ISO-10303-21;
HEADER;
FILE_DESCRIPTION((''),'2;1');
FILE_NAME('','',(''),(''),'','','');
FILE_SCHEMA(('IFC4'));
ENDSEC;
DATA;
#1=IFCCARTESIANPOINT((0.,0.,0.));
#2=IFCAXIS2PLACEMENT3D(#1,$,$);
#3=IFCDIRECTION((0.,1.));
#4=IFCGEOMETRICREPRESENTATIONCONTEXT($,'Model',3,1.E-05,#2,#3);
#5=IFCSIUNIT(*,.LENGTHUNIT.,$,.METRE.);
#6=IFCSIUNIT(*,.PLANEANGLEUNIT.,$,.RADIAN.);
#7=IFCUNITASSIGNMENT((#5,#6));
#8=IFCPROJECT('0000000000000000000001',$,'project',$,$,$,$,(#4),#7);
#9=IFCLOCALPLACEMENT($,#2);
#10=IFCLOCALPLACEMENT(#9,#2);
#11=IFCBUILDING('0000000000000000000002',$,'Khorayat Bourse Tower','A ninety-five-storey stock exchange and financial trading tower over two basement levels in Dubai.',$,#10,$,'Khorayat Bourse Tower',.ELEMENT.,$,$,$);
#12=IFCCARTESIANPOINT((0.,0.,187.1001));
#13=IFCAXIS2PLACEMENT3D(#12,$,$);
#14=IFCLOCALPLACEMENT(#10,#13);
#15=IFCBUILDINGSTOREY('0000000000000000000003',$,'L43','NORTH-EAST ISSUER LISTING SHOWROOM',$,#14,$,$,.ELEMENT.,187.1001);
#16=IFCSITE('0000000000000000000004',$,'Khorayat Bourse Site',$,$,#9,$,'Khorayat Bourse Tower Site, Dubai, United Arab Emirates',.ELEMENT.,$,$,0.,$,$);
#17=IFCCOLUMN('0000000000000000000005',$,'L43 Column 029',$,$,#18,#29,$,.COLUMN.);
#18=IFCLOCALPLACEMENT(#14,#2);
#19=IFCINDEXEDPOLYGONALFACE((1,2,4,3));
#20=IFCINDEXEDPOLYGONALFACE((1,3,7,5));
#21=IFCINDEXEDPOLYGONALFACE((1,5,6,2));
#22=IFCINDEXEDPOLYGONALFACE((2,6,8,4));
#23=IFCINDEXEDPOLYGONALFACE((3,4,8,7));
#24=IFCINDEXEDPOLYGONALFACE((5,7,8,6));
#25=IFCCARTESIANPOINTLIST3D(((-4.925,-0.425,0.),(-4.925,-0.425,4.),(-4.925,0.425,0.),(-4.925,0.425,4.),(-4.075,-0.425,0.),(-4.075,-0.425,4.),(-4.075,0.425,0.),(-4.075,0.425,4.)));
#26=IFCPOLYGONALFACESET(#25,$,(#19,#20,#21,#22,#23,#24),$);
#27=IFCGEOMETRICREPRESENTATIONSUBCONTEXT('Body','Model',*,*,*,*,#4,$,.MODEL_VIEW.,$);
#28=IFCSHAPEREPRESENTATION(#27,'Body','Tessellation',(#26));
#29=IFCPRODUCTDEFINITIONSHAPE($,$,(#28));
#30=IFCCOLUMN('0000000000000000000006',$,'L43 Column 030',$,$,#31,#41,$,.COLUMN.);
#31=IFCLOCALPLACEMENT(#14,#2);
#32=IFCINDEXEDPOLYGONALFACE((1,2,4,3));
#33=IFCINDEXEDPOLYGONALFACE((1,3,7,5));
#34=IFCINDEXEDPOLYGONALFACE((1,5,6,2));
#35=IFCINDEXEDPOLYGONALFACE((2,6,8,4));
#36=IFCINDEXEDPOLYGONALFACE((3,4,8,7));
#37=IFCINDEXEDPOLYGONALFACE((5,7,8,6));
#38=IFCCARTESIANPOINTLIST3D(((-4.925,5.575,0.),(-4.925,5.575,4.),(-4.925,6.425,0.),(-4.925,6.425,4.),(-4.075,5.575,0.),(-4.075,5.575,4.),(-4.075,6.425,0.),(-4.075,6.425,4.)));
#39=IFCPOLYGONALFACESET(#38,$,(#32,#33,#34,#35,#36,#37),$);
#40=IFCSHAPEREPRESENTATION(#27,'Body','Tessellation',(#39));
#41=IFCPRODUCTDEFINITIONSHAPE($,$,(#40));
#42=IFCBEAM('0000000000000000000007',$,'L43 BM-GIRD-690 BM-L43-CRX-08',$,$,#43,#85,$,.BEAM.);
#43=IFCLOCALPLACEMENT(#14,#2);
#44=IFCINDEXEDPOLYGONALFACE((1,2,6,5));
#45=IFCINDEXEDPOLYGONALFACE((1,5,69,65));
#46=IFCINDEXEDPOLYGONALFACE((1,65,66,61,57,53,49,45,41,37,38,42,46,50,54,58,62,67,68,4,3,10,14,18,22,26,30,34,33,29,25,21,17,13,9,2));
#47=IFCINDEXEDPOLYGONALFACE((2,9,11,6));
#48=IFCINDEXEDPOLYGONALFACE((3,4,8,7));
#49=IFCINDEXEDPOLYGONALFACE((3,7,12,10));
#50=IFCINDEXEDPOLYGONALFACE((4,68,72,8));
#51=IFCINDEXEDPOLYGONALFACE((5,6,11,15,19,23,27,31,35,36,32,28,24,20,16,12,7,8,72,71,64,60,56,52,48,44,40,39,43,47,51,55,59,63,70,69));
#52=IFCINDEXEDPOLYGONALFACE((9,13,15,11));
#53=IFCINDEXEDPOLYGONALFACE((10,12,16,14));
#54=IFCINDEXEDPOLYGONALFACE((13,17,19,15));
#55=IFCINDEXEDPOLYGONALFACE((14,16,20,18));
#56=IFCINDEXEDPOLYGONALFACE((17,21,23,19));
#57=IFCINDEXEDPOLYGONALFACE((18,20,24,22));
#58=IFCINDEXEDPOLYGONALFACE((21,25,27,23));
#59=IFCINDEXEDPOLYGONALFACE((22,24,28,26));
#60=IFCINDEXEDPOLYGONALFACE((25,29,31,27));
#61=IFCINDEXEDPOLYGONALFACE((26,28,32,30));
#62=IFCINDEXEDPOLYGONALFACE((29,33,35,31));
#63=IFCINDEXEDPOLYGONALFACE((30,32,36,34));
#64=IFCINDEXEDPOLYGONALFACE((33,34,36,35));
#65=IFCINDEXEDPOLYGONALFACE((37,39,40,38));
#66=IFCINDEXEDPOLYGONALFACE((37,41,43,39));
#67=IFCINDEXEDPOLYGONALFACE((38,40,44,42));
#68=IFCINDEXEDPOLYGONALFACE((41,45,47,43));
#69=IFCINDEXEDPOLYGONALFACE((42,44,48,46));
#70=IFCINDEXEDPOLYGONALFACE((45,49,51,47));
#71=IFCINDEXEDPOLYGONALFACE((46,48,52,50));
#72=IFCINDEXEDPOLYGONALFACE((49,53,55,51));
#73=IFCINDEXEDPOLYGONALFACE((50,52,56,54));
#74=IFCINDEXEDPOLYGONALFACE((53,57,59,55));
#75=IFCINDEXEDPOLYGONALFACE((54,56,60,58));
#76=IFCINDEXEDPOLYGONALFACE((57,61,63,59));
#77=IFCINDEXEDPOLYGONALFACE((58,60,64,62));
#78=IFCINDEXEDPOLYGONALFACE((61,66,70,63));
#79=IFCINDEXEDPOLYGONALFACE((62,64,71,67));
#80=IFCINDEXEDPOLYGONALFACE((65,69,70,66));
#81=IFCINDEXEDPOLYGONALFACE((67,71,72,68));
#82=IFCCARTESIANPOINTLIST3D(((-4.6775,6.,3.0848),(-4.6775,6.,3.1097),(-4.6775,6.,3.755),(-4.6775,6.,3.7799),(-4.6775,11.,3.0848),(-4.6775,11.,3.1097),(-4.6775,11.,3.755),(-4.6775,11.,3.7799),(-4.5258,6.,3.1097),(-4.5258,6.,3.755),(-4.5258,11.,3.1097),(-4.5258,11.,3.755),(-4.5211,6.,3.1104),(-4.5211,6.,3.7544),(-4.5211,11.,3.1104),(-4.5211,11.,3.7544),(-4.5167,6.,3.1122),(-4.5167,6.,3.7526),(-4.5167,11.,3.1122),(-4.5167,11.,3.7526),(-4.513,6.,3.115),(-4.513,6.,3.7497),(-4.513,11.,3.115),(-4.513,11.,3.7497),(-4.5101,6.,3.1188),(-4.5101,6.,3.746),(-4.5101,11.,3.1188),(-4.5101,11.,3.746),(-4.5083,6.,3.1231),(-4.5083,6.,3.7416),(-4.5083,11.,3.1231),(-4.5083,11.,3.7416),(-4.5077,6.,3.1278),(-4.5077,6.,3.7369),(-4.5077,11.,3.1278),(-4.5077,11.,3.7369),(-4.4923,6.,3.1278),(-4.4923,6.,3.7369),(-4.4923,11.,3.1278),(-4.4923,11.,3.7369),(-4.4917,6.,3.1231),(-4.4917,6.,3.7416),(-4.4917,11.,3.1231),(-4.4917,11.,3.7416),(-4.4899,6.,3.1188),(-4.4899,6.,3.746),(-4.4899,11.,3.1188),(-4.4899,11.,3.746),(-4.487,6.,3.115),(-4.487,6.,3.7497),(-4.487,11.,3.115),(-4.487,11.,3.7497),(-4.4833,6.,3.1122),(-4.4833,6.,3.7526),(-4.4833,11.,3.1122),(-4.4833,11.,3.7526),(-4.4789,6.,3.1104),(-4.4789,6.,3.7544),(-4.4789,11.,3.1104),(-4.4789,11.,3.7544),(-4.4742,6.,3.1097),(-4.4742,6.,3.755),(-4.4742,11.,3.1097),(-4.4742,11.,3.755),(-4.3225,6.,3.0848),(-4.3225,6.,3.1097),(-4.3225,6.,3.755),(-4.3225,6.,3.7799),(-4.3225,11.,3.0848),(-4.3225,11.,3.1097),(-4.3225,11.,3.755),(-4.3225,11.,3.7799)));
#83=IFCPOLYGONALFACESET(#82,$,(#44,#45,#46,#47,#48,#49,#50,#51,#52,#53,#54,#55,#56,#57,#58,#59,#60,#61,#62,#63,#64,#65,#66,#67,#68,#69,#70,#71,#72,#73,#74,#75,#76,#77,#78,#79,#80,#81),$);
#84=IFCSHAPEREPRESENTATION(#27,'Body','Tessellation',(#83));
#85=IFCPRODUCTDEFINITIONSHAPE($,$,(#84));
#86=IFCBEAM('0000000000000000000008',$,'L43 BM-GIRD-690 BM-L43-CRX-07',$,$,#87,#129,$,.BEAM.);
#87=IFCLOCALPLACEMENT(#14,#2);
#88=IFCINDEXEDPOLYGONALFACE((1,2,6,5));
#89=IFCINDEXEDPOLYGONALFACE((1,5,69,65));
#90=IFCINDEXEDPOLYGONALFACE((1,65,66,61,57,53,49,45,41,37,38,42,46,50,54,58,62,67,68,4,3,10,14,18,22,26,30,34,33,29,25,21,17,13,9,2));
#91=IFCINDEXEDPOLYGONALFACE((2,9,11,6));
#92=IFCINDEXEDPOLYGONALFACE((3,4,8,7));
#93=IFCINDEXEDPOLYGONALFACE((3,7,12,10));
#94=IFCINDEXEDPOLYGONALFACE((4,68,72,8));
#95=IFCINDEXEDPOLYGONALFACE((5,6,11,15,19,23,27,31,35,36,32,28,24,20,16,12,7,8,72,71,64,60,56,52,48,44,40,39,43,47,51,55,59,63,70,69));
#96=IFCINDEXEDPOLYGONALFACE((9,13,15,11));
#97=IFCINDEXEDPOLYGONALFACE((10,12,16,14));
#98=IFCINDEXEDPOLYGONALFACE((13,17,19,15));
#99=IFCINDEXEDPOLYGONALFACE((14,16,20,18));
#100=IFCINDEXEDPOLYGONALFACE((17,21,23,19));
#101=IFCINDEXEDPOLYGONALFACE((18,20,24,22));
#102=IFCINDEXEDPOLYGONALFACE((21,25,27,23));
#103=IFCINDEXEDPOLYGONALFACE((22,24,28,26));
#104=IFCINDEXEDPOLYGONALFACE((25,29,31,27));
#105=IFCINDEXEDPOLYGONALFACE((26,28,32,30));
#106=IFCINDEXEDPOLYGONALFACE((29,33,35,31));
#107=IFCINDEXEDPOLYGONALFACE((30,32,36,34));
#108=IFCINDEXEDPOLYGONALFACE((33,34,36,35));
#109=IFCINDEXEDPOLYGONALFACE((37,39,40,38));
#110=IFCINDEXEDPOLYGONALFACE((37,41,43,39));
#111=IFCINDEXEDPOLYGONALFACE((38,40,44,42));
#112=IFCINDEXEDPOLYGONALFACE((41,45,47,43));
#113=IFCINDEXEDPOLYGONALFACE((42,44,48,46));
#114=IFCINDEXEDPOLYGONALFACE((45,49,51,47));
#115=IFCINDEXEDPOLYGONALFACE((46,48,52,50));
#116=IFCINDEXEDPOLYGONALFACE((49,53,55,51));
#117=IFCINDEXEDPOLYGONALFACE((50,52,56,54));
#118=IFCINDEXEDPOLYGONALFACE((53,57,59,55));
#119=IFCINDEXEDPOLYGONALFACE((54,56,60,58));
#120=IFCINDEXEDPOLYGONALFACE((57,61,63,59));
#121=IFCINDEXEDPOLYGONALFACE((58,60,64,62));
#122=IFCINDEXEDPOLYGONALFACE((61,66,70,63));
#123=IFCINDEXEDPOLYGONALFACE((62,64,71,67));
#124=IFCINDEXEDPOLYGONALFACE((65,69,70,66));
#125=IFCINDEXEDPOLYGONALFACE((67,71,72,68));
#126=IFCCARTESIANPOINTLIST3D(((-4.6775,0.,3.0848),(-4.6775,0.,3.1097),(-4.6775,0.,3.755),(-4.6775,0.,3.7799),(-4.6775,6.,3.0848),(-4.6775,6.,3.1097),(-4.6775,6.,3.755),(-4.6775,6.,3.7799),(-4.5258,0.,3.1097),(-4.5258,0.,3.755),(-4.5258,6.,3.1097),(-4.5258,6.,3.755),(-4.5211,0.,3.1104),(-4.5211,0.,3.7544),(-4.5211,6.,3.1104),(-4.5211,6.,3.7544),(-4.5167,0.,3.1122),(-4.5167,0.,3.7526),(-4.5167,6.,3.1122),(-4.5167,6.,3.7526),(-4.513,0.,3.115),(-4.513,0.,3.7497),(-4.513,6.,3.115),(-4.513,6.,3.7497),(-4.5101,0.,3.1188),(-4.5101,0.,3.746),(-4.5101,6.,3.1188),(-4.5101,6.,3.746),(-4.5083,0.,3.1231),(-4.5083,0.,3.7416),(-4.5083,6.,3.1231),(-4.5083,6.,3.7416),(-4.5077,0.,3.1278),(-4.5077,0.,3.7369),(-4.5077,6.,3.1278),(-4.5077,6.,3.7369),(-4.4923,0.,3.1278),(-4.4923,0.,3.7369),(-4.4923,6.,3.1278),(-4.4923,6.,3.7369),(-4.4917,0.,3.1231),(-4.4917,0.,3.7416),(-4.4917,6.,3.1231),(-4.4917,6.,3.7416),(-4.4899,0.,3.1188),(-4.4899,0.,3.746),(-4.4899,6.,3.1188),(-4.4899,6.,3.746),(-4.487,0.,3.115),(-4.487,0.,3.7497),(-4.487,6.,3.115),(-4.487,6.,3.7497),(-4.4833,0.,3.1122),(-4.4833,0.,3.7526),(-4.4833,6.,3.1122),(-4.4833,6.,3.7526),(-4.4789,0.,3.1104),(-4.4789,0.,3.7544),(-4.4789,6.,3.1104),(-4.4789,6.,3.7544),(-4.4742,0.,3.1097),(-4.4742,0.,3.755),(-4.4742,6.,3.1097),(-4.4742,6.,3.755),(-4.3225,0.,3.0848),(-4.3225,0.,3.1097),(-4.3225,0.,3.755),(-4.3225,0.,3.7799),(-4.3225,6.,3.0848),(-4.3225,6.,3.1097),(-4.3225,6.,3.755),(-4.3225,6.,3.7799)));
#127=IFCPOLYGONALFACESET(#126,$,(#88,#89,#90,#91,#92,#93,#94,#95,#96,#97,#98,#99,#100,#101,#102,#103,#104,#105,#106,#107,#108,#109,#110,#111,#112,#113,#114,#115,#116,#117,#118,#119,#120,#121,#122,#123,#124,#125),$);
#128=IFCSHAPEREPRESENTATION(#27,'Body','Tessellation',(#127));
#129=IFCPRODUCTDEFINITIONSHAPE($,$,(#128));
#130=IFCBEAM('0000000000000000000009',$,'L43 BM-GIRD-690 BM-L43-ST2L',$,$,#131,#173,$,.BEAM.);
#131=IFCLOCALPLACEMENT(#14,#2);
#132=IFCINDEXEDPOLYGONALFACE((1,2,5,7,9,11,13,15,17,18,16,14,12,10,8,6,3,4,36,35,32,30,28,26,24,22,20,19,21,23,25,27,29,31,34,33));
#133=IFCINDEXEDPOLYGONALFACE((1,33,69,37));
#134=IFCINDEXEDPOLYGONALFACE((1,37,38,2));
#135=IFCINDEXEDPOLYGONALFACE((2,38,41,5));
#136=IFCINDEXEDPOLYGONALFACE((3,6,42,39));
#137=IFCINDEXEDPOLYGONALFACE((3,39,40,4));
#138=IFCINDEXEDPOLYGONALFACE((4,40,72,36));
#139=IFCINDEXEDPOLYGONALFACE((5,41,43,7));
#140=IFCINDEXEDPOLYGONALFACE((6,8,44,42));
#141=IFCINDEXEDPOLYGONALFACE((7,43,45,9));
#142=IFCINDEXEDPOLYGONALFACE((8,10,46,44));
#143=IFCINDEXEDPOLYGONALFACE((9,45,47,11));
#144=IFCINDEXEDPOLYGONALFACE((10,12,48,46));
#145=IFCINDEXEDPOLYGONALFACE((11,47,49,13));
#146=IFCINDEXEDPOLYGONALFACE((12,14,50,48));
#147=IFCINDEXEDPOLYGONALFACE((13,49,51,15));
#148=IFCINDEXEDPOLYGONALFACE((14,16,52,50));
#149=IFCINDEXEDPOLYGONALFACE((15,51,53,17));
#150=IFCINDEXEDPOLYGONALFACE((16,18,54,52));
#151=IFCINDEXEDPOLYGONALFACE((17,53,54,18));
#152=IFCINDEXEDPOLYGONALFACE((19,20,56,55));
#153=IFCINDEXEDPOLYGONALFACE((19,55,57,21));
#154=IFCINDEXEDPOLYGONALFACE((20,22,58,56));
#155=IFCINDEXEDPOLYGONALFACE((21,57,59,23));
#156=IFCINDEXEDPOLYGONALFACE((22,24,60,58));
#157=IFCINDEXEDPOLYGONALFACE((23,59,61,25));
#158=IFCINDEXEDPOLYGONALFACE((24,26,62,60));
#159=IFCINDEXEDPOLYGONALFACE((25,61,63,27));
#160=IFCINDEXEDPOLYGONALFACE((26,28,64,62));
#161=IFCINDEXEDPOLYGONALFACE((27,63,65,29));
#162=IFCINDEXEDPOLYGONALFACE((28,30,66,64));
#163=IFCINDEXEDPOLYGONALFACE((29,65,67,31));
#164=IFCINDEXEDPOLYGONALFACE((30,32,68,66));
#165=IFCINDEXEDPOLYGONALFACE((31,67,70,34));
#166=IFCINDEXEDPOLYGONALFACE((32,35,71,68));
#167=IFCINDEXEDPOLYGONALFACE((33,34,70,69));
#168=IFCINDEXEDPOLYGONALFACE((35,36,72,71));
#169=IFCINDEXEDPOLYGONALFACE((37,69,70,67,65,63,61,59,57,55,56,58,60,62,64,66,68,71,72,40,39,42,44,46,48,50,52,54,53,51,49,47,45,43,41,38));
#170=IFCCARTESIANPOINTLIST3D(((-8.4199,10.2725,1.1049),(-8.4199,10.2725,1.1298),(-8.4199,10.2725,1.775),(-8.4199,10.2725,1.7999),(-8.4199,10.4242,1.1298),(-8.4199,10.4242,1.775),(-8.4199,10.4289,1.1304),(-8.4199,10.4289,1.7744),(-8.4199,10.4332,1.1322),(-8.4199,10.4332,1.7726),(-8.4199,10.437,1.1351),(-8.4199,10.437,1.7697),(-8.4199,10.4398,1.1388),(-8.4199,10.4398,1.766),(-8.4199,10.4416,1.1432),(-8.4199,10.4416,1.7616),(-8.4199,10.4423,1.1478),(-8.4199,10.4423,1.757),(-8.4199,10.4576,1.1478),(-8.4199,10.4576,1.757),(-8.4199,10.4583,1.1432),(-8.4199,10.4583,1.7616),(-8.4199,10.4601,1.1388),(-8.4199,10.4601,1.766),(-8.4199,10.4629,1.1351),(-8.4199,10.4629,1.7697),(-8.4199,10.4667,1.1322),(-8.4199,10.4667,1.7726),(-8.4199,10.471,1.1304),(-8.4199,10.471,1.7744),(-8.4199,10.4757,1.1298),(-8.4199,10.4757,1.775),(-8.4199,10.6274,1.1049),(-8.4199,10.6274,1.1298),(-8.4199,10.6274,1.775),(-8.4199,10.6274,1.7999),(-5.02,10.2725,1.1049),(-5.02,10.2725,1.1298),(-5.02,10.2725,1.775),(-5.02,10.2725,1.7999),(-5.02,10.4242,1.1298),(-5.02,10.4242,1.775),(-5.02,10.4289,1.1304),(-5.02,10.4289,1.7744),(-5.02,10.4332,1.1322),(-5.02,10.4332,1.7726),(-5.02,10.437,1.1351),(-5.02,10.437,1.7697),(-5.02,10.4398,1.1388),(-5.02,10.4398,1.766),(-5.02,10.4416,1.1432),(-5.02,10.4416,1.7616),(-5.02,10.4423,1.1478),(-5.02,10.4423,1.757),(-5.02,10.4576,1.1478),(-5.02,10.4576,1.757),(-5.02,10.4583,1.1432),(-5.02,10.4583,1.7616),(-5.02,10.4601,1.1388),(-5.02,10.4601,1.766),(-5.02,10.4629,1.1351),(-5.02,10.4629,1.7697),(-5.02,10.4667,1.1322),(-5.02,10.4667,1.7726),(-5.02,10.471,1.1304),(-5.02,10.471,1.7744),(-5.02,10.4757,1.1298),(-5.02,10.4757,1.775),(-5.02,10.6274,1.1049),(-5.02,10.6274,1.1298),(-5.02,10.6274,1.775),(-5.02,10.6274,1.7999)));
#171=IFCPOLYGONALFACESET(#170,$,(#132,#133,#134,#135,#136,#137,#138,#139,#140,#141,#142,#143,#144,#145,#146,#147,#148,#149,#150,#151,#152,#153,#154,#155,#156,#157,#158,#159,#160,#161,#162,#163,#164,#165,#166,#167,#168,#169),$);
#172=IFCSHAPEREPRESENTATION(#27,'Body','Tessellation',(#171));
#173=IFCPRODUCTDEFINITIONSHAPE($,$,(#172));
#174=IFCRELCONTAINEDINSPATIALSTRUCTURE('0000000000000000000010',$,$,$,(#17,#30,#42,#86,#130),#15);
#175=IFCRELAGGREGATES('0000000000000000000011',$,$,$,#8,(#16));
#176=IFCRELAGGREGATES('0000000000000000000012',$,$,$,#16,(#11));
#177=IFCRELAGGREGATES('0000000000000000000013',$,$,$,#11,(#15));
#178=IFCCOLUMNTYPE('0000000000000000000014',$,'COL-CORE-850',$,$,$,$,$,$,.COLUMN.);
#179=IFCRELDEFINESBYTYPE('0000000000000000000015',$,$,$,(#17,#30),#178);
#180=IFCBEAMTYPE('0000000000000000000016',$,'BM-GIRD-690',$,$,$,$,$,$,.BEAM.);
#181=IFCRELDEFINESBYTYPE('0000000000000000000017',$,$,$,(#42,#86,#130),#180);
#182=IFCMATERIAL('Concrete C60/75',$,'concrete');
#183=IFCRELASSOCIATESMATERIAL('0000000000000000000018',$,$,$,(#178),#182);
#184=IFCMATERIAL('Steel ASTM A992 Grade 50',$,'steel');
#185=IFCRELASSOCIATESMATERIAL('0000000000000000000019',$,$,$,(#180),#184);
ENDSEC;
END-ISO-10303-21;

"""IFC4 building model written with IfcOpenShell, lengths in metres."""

from ifc_helpers import new_model, si_unit, direction, frame, origin, origin_2d, place, context, subcontext, project, spatial, rectangle, i_section, extrude, source, transform, mapped, material, material_profile, profile_set, type_object, element, save


model = new_model("IFC4")

# Units and contexts
model_context = context("Model", 3, precision=1e-05, world=origin(), true_north=direction((0.0, 1.0)))
body_context = subcontext(model_context, "Body", "Model", "MODEL_VIEW")
ifc_project = project(units=[si_unit("LENGTHUNIT", "METRE"), si_unit("PLANEANGLEUNIT", "RADIAN")], contexts=[model_context])

# Site, building, storey
site_placement = place(None, origin())
site = spatial("IfcSite", under=ifc_project, at=site_placement, Name="Khorayat Bourse Site", LongName="Khorayat Bourse Tower Site, Dubai, United Arab Emirates", CompositionType="ELEMENT", RefElevation=0.0)
building_placement = place(site_placement, origin())
building = spatial("IfcBuilding", under=site, at=building_placement, Name="Khorayat Bourse Tower", Description="A ninety-five-storey stock exchange and financial trading tower over two basement levels in Dubai.", LongName="Khorayat Bourse Tower", CompositionType="ELEMENT")
storey_placement = place(building_placement, frame((0.0, 0.0, 187.1001)))
storey = spatial("IfcBuildingStorey", under=building, at=storey_placement, Name="L43", Description="NORTH-EAST ISSUER LISTING SHOWROOM", CompositionType="ELEMENT", Elevation=187.1001)

# Columns
ifc_material_1 = material(Name="Concrete C60/75", Category="concrete")
ifc_material_profile_1 = material_profile(ifc_material_1, rectangle(XDim=0.8501, YDim=0.8501, at=origin_2d()), Name="RC 850x850")
ifc_profile_set_1 = profile_set([ifc_material_profile_1], Name="Concrete C60/75")
column_type = type_object("IfcColumnType", Name="COL-CORE-850", PredefinedType="COLUMN", material=ifc_profile_set_1)
shared_shape_1 = source(origin(), body_context, "Body", "SweptSolid", [
    extrude(rectangle(XDim=0.8501, YDim=0.8501, at=origin_2d()), origin(), (0.0, 0.0, 1.0), 4.0),
])
for number, where, z_axis, x_axis, name in (
    (1, (-4.5, 0.0, 0.0), (0.0, 0.0, 1.0), (1.0, 0.0, 0.0), "L43 Column 029"),
    (2, (-4.5, 6.0, 0.0), (0.0, 0.0, 1.0), (1.0, 0.0, 0.0), "L43 Column 030"),
):
    element("IfcColumn", number, at=place(storey_placement, frame(where, z_axis=z_axis, x_axis=x_axis)), inside=storey, type_object=column_type, Name=name, PredefinedType="COLUMN", context=body_context, shape_type="MappedRepresentation", body=[
        mapped(shared_shape_1, transform((0.0, 0.0, 0.0), scale=1.0)),
    ])

# Beams
ifc_material_2 = material(Name="Steel ASTM A992 Grade 50", Category="steel")
ifc_material_profile_2 = material_profile(ifc_material_2, i_section(OverallWidth=0.355, OverallDepth=0.6951, WebThickness=0.0154, FlangeThickness=0.0249, FilletRadius=0.0181, at=origin_2d()), Name="W690X217")
ifc_profile_set_2 = profile_set([ifc_material_profile_2], Name="Steel ASTM A992 Grade 50")
beam_type = type_object("IfcBeamType", Name="BM-GIRD-690", PredefinedType="BEAM", material=ifc_profile_set_2)
shared_shape_2 = source(origin(), body_context, "Body", "SweptSolid", [
    extrude(i_section(OverallWidth=0.355, OverallDepth=0.6951, WebThickness=0.0154, FlangeThickness=0.0249, FilletRadius=0.0181, at=origin_2d()), origin(), (0.0, 0.0, 1.0), 5.0),
])
beam_1_placement = place(storey_placement, frame((-4.5, 6.0, 3.4324), z_axis=(0.0, 1.0, 0.0), x_axis=(-1.0, 0.0, 0.0)))
element("IfcBeam", 3, at=beam_1_placement, inside=storey, type_object=beam_type, Name="L43 BM-GIRD-690 BM-L43-CRX-08", PredefinedType="BEAM", context=body_context, shape_type="MappedRepresentation", body=[
    mapped(shared_shape_2, transform((0.0, 0.0, 0.0), scale=1.0)),
])
shared_shape_3 = source(origin(), body_context, "Body", "SweptSolid", [
    extrude(i_section(OverallWidth=0.355, OverallDepth=0.6951, WebThickness=0.0154, FlangeThickness=0.0249, FilletRadius=0.0181, at=origin_2d()), origin(), (0.0, 0.0, 1.0), 6.0),
])
beam_2_placement = place(storey_placement, frame((-4.5, 0.0, 3.4324), z_axis=(0.0, 1.0, 0.0), x_axis=(-1.0, 0.0, 0.0)))
element("IfcBeam", 4, at=beam_2_placement, inside=storey, type_object=beam_type, Name="L43 BM-GIRD-690 BM-L43-CRX-07", PredefinedType="BEAM", context=body_context, shape_type="MappedRepresentation", body=[
    mapped(shared_shape_3, transform((0.0, 0.0, 0.0), scale=1.0)),
])
shared_shape_4 = source(origin(), body_context, "Body", "SweptSolid", [
    extrude(i_section(OverallWidth=0.355, OverallDepth=0.6951, WebThickness=0.0154, FlangeThickness=0.0249, FilletRadius=0.0181, at=origin_2d()), origin(), (0.0, 0.0, 1.0), 3.3999),
])
beam_3_placement = place(storey_placement, frame((-8.4199, 10.45, 1.4524), z_axis=(1.0, 0.0, 0.0), x_axis=(0.0, 1.0, 0.0)))
element("IfcBeam", 5, at=beam_3_placement, inside=storey, type_object=beam_type, Name="L43 BM-GIRD-690 BM-L43-ST2L", PredefinedType="BEAM", context=body_context, shape_type="MappedRepresentation", body=[
    mapped(shared_shape_4, transform((0.0, 0.0, 0.0), scale=1.0)),
])

save(model, "model.ifc")
